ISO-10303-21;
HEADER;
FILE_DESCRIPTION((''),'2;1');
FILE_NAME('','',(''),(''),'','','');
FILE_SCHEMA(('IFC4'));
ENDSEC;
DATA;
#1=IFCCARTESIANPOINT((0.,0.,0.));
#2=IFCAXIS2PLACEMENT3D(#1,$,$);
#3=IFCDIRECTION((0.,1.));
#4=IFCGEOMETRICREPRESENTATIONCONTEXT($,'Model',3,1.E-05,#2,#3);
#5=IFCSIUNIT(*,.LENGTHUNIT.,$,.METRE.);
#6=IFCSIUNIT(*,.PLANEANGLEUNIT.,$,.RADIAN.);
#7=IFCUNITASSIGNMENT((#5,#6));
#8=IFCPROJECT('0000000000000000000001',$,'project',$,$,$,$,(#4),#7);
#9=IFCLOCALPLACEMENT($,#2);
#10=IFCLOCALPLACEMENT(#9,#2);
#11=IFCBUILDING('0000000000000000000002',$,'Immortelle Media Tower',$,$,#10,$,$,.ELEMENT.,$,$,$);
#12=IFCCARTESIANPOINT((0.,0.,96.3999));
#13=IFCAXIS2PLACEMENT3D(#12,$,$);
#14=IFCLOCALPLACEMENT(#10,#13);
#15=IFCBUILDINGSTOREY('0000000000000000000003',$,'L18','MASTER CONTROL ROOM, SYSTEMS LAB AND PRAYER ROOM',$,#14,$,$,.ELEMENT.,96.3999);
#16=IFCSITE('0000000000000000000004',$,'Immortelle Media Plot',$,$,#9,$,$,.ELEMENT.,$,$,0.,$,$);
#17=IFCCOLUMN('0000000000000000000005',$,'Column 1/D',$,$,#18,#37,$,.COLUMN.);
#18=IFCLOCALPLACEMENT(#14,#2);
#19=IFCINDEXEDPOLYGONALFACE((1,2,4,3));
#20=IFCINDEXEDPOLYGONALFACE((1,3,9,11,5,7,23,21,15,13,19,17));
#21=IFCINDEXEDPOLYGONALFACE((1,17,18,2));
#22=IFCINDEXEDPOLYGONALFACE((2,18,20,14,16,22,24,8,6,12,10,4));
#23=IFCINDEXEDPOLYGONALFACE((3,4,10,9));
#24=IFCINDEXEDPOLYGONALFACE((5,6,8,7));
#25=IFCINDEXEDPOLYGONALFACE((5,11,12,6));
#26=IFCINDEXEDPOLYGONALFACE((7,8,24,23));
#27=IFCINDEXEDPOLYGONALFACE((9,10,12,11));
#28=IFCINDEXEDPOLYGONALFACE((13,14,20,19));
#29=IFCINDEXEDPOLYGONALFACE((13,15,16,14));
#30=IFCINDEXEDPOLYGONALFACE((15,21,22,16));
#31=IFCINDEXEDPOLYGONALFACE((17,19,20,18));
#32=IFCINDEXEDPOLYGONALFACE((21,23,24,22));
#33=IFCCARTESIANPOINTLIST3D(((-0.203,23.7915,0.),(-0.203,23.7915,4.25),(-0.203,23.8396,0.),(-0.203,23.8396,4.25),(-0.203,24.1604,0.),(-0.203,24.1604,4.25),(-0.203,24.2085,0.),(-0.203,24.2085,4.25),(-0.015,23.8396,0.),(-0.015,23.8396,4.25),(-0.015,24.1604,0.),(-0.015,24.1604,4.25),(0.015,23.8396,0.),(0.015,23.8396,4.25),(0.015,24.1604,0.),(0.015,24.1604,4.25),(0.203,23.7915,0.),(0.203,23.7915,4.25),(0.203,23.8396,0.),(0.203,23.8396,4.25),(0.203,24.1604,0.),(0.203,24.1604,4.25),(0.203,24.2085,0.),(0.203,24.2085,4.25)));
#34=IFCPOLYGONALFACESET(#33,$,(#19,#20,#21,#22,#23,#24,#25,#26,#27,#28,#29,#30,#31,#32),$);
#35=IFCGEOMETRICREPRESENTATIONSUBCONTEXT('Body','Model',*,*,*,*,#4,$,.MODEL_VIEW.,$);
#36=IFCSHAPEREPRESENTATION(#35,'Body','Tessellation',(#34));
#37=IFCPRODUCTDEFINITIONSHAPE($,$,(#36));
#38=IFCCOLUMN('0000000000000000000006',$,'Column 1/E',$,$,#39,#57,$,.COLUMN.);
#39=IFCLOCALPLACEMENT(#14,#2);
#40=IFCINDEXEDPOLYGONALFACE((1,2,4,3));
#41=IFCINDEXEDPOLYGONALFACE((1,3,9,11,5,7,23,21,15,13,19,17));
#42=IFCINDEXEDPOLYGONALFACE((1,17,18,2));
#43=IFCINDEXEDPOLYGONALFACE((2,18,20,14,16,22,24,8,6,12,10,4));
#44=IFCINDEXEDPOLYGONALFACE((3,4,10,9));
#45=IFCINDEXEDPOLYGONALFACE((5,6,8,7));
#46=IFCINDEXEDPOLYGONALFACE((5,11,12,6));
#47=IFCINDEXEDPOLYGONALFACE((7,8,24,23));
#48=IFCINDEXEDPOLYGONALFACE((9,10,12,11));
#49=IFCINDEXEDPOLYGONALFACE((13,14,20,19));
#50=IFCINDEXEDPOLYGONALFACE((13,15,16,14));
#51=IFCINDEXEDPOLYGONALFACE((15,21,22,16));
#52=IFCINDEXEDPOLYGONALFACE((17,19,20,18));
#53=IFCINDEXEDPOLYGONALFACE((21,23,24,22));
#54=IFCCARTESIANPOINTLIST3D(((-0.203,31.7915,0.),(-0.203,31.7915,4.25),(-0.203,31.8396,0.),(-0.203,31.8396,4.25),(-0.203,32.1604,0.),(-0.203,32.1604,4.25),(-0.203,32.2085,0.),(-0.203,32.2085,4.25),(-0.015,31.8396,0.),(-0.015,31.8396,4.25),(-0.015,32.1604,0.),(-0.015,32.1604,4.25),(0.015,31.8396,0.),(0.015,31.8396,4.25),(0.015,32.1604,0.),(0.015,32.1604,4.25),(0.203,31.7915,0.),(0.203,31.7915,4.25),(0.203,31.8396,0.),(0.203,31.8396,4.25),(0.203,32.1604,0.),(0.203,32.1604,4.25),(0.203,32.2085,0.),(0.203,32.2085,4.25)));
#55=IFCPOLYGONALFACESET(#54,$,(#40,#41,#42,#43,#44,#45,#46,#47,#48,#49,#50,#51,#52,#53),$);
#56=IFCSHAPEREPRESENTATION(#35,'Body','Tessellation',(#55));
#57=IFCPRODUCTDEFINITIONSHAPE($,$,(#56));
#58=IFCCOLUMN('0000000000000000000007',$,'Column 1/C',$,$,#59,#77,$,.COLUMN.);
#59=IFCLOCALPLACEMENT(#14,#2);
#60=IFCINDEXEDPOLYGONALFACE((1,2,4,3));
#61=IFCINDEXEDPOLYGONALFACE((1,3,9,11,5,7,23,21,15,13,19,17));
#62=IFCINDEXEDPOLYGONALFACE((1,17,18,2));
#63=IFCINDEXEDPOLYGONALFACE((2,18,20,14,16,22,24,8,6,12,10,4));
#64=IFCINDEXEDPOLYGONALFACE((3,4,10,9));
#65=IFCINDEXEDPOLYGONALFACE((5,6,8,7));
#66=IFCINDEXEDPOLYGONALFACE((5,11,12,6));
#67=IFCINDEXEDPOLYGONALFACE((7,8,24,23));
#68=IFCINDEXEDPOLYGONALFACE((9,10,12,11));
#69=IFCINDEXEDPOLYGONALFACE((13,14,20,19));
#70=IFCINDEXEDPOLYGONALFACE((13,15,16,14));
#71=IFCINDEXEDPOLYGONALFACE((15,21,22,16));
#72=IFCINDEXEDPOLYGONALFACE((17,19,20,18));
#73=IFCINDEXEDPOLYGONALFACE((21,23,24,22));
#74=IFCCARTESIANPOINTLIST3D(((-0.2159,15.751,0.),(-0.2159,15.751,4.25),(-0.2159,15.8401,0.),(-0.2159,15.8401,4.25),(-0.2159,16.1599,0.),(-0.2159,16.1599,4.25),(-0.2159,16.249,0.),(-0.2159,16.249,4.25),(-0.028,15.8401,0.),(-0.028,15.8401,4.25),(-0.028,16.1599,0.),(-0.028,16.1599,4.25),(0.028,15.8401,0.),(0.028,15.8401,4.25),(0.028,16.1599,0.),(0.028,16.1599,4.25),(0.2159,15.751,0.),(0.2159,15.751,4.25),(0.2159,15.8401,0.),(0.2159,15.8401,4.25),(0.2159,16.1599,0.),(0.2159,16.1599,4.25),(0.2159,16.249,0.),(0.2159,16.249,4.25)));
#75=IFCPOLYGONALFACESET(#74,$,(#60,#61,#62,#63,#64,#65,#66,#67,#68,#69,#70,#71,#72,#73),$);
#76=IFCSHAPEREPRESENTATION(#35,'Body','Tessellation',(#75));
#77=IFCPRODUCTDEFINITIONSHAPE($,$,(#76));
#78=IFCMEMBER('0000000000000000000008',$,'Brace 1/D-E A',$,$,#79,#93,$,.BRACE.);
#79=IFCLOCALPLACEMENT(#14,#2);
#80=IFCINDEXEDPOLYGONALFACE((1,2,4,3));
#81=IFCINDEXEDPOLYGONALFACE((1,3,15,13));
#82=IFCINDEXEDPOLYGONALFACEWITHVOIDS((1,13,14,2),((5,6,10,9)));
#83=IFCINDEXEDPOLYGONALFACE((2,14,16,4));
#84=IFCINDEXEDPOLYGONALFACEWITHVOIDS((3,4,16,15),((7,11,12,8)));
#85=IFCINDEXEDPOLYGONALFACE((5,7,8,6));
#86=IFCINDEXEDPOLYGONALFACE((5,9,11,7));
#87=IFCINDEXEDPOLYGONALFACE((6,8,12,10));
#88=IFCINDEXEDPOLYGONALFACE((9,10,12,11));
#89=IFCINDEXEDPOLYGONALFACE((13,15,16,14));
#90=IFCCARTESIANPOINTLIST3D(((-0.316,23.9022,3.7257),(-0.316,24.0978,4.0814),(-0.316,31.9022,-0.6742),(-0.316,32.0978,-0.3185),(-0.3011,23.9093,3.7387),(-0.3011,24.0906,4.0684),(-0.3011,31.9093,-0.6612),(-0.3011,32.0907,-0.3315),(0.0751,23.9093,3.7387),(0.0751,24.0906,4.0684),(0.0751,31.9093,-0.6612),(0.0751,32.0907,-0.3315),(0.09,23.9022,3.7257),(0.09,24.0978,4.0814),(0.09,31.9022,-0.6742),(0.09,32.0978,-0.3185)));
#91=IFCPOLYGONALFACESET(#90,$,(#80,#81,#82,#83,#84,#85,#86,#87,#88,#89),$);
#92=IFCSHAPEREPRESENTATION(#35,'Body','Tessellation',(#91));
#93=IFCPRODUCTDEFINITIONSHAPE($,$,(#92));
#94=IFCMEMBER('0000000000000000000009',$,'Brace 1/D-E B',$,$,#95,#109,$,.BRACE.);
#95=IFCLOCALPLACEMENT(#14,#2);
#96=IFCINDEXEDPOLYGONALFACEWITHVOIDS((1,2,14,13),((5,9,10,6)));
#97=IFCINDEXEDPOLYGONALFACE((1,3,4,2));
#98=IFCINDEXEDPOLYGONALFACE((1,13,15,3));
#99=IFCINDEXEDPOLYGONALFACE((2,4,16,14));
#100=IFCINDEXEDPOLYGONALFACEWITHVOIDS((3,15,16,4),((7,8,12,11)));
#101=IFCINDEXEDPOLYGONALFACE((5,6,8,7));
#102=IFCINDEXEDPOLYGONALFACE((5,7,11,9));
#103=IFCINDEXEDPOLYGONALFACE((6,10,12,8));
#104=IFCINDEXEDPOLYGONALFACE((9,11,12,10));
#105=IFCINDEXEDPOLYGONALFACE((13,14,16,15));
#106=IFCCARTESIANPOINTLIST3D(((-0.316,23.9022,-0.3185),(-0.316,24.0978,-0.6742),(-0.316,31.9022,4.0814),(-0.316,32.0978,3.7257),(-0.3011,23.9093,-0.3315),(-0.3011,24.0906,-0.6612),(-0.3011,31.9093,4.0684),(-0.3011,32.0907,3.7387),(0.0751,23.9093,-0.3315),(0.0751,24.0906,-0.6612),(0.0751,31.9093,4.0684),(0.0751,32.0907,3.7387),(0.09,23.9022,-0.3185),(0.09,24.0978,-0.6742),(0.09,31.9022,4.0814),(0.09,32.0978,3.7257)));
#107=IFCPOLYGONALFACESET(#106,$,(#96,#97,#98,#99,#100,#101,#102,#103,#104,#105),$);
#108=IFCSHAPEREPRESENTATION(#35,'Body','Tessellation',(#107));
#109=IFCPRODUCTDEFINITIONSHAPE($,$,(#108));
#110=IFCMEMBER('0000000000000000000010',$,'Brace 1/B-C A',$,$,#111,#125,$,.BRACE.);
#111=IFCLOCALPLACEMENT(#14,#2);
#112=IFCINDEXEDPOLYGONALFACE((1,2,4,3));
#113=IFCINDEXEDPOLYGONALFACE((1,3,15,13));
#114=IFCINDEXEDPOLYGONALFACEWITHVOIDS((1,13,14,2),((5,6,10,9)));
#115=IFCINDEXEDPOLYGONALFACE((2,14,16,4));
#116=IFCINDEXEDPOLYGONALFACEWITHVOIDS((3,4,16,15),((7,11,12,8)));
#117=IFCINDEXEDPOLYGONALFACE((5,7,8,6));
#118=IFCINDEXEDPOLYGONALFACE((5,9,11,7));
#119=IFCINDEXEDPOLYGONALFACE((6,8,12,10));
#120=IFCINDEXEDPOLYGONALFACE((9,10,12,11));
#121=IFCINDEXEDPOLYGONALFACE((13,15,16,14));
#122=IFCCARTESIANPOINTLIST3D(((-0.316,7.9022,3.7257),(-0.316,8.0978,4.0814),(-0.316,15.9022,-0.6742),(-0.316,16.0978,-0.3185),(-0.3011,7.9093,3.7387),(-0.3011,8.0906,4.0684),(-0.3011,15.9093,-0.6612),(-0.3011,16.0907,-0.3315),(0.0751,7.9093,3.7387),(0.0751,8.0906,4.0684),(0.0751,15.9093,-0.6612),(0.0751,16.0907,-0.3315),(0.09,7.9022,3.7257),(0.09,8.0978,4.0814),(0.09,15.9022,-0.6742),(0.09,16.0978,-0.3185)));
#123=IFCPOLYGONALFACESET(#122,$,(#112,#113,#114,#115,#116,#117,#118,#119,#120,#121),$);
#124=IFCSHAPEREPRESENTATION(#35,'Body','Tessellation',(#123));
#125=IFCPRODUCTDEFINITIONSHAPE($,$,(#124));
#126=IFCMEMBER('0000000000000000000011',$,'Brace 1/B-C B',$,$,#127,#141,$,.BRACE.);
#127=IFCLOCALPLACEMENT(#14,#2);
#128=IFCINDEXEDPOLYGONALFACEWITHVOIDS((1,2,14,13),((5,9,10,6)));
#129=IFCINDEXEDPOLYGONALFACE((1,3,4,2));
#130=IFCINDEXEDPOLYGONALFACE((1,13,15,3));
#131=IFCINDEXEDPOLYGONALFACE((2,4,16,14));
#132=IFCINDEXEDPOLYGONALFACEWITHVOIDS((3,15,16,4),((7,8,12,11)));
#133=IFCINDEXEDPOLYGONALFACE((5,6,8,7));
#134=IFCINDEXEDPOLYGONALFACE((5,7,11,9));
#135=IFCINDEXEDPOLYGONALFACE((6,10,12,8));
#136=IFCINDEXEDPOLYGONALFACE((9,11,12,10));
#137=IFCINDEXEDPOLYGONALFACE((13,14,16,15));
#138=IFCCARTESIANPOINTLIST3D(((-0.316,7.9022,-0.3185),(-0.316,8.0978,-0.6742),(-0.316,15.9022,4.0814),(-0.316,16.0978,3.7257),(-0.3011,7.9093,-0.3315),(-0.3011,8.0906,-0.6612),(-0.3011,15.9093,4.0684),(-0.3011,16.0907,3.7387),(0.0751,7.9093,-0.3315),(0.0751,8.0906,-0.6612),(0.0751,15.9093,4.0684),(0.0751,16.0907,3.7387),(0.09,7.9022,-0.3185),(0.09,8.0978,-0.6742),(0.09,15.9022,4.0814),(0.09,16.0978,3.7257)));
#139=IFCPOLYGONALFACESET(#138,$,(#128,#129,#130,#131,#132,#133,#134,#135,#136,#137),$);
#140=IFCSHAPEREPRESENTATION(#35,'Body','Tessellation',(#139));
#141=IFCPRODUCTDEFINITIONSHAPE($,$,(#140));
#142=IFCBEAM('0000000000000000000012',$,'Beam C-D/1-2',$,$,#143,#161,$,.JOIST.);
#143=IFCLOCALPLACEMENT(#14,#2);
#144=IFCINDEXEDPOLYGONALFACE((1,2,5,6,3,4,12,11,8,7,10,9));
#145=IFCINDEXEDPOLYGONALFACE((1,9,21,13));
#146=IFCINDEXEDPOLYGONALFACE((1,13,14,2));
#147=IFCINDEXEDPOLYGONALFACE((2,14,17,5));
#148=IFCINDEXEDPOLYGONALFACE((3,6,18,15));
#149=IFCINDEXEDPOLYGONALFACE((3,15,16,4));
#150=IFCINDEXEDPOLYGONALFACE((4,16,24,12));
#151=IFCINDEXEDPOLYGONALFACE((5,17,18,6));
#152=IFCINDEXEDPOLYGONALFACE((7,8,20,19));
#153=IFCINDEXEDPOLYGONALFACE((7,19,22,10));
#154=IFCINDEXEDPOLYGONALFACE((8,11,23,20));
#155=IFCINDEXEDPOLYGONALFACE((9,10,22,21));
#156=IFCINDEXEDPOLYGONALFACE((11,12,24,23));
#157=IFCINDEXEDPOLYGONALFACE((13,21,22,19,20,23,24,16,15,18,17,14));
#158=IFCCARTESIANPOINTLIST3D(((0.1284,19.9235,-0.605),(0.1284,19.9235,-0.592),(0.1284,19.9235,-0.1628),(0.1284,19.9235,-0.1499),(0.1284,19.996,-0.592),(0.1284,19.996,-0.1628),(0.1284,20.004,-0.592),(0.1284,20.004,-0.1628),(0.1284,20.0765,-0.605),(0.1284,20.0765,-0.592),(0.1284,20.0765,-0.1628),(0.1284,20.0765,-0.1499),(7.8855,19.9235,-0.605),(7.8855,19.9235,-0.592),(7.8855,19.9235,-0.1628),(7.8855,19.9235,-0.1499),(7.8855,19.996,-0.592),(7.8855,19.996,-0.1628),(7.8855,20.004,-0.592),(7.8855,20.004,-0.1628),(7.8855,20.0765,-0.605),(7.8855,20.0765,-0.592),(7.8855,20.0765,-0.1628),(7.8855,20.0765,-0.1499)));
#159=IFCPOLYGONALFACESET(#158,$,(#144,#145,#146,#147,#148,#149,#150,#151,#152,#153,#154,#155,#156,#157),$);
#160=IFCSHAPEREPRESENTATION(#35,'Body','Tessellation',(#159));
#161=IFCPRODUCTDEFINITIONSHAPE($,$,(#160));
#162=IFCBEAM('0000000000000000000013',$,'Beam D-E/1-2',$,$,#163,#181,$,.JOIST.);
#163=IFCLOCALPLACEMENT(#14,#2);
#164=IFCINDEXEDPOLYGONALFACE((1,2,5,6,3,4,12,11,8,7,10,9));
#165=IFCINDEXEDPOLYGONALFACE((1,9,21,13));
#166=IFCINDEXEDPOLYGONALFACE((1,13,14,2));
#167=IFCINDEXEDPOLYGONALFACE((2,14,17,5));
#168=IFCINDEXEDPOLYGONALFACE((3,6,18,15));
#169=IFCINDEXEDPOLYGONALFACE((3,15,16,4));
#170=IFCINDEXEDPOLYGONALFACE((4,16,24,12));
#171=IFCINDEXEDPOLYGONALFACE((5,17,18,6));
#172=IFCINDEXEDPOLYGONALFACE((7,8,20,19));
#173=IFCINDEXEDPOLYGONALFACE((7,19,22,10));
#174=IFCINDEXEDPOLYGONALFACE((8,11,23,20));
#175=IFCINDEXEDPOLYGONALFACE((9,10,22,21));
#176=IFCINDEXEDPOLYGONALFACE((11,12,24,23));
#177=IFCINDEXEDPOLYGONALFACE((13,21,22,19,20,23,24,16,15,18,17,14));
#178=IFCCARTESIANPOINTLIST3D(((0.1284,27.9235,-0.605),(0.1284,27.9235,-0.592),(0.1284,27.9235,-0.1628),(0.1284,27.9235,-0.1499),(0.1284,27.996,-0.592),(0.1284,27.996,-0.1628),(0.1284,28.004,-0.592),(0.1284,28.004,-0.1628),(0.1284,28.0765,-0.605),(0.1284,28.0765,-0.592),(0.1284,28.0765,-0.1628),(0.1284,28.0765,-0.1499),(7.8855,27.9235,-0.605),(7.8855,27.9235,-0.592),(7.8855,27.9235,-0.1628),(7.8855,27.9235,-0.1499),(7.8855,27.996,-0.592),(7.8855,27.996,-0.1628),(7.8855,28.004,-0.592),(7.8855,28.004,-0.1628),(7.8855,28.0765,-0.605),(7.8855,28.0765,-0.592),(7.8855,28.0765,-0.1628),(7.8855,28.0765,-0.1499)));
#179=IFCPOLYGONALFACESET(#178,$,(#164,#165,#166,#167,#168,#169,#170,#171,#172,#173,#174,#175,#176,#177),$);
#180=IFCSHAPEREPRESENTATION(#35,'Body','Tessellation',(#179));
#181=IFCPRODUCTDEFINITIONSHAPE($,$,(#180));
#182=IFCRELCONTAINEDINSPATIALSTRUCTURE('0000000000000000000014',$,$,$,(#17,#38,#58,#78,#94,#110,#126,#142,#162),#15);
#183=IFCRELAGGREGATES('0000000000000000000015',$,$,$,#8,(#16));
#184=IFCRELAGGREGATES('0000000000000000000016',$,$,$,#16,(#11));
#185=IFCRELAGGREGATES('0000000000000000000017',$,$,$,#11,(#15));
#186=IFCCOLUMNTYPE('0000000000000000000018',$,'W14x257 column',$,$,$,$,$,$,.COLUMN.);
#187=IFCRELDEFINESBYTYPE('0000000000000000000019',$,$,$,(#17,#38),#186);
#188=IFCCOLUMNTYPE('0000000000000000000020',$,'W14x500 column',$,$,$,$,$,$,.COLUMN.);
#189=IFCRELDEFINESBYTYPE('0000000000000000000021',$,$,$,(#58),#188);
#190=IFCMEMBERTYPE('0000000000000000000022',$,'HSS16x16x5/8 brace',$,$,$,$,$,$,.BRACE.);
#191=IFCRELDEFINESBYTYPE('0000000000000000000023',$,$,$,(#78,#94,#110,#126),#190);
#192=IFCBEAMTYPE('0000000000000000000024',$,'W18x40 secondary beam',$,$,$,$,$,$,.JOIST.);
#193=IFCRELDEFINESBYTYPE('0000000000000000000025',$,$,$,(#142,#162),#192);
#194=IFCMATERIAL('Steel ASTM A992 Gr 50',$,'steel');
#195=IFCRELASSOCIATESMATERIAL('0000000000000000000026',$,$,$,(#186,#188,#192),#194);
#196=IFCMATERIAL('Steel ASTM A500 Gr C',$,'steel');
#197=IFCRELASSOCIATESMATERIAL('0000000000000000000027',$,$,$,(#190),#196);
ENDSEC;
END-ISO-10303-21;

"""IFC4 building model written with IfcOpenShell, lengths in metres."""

from ifc_helpers import new_model, si_unit, direction, frame, origin, origin_2d, place, context, subcontext, project, spatial, hollow_rectangle, i_section, extrude, material, material_profile, profile_set, type_object, element, save


model = new_model("IFC4")

# Units and contexts
model_context = context("Model", 3, precision=1e-05, world=origin(), true_north=direction((0.0, 1.0)))
body_context = subcontext(model_context, "Body", "Model", "MODEL_VIEW")
ifc_project = project(units=[si_unit("LENGTHUNIT", "METRE"), si_unit("PLANEANGLEUNIT", "RADIAN")], contexts=[model_context])

# Site, building, storey
site_placement = place(None, origin())
site = spatial("IfcSite", under=ifc_project, at=site_placement, Name="Immortelle Media Plot", CompositionType="ELEMENT", RefElevation=0.0)
building_placement = place(site_placement, origin())
building = spatial("IfcBuilding", under=site, at=building_placement, Name="Immortelle Media Tower", CompositionType="ELEMENT")
storey_placement = place(building_placement, frame((0.0, 0.0, 96.3999)))
storey = spatial("IfcBuildingStorey", under=building, at=storey_placement, Name="L18", Description="MASTER CONTROL ROOM, SYSTEMS LAB AND PRAYER ROOM", CompositionType="ELEMENT", Elevation=96.3999)

# Columns
ifc_material_1 = material(Name="Steel ASTM A992 Gr 50", Category="steel")
ifc_material_profile_1 = material_profile(ifc_material_1, i_section(OverallWidth=0.406, OverallDepth=0.417, WebThickness=0.03, FlangeThickness=0.0481, at=origin_2d()), Name="W14x257")
ifc_profile_set_1 = profile_set([ifc_material_profile_1], Name="Steel ASTM A992 Gr 50")
column_type_1 = type_object("IfcColumnType", Name="W14x257 column", PredefinedType="COLUMN", material=ifc_profile_set_1)
for number, where, z_axis, x_axis, name in (
    (1, (0.0, 24.0, 0.0), (0.0, 0.0, 1.0), (1.0, 0.0, 0.0), "Column 1/D"),
    (2, (0.0, 32.0, 0.0), (0.0, 0.0, 1.0), (1.0, 0.0, 0.0), "Column 1/E"),
):
    element("IfcColumn", number, at=place(storey_placement, frame(where, z_axis=z_axis, x_axis=x_axis)), inside=storey, type_object=column_type_1, Name=name, PredefinedType="COLUMN", context=body_context, shape_type="SweptSolid", body=[
        extrude(i_section(OverallWidth=0.406, OverallDepth=0.417, WebThickness=0.03, FlangeThickness=0.0481, at=origin_2d()), origin(), (0.0, 0.0, 1.0), 4.25),
    ])
ifc_material_profile_2 = material_profile(ifc_material_1, i_section(OverallWidth=0.4319, OverallDepth=0.498, WebThickness=0.0559, FlangeThickness=0.0891, at=origin_2d()), Name="W14x500")
ifc_profile_set_2 = profile_set([ifc_material_profile_2], Name="Steel ASTM A992 Gr 50")
column_type_2 = type_object("IfcColumnType", Name="W14x500 column", PredefinedType="COLUMN", material=ifc_profile_set_2)
column_placement = place(storey_placement, frame((0.0, 16.0, 0.0), z_axis=(0.0, 0.0, 1.0), x_axis=(1.0, 0.0, 0.0)))
element("IfcColumn", 3, at=column_placement, inside=storey, type_object=column_type_2, Name="Column 1/C", PredefinedType="COLUMN", context=body_context, shape_type="SweptSolid", body=[
    extrude(i_section(OverallWidth=0.4319, OverallDepth=0.498, WebThickness=0.0559, FlangeThickness=0.0891, at=origin_2d()), origin(), (0.0, 0.0, 1.0), 4.25),
])

# Members
ifc_material_2 = material(Name="Steel ASTM A500 Gr C", Category="steel")
ifc_material_profile_3 = material_profile(ifc_material_2, hollow_rectangle(XDim=0.406, YDim=0.406, WallThickness=0.0149, at=origin_2d()), Name="HSS16x16x5/8 brace")
ifc_profile_set_3 = profile_set([ifc_material_profile_3], Name="Steel ASTM A500 Gr C")
member_type = type_object("IfcMemberType", Name="HSS16x16x5/8 brace", PredefinedType="BRACE", material=ifc_profile_set_3)
for number, where, z_axis, x_axis, name in (
    (4, (-0.113, 32.0, -0.4963), (0.0, -0.87622, 0.481911), (1.0, 0.0, 0.0), "Brace 1/D-E A"),
    (5, (-0.113, 32.0, 3.9036), (0.0, -0.87622, -0.481911), (1.0, 0.0, 0.0), "Brace 1/D-E B"),
    (6, (-0.113, 16.0, -0.4963), (0.0, -0.87622, 0.481911), (1.0, 0.0, 0.0), "Brace 1/B-C A"),
    (7, (-0.113, 16.0, 3.9036), (0.0, -0.87622, -0.481911), (1.0, 0.0, 0.0), "Brace 1/B-C B"),
):
    element("IfcMember", number, at=place(storey_placement, frame(where, z_axis=z_axis, x_axis=x_axis)), inside=storey, type_object=member_type, Name=name, PredefinedType="BRACE", context=body_context, shape_type="SweptSolid", body=[
        extrude(hollow_rectangle(XDim=0.406, YDim=0.406, WallThickness=0.0149, at=origin_2d()), origin(), (0.0, 0.0, 1.0), 9.1301),
    ])

# Beams
ifc_material_profile_4 = material_profile(ifc_material_1, i_section(OverallWidth=0.1531, OverallDepth=0.4551, WebThickness=0.0081, FlangeThickness=0.0129, at=origin_2d()), Name="W18x40")
ifc_profile_set_4 = profile_set([ifc_material_profile_4], Name="Steel ASTM A992 Gr 50")
beam_type_1 = type_object("IfcBeamType", Name="W18x40 secondary beam", PredefinedType="JOIST", material=ifc_profile_set_4)
for number, where, z_axis, x_axis, name in (
    (8, (0.1284, 20.0, -0.3774), (1.0, 0.0, 0.0), (0.0, 1.0, 0.0), "Beam C-D/1-2"),
    (9, (0.1284, 28.0, -0.3774), (1.0, 0.0, 0.0), (0.0, 1.0, 0.0), "Beam D-E/1-2"),
):
    element("IfcBeam", number, at=place(storey_placement, frame(where, z_axis=z_axis, x_axis=x_axis)), inside=storey, type_object=beam_type_1, Name=name, PredefinedType="JOIST", context=body_context, shape_type="SweptSolid", body=[
        extrude(i_section(OverallWidth=0.1531, OverallDepth=0.4551, WebThickness=0.0081, FlangeThickness=0.0129, at=origin_2d()), origin(), (0.0, 0.0, 1.0), 7.7571),
    ])

save(model, "model.ifc")
